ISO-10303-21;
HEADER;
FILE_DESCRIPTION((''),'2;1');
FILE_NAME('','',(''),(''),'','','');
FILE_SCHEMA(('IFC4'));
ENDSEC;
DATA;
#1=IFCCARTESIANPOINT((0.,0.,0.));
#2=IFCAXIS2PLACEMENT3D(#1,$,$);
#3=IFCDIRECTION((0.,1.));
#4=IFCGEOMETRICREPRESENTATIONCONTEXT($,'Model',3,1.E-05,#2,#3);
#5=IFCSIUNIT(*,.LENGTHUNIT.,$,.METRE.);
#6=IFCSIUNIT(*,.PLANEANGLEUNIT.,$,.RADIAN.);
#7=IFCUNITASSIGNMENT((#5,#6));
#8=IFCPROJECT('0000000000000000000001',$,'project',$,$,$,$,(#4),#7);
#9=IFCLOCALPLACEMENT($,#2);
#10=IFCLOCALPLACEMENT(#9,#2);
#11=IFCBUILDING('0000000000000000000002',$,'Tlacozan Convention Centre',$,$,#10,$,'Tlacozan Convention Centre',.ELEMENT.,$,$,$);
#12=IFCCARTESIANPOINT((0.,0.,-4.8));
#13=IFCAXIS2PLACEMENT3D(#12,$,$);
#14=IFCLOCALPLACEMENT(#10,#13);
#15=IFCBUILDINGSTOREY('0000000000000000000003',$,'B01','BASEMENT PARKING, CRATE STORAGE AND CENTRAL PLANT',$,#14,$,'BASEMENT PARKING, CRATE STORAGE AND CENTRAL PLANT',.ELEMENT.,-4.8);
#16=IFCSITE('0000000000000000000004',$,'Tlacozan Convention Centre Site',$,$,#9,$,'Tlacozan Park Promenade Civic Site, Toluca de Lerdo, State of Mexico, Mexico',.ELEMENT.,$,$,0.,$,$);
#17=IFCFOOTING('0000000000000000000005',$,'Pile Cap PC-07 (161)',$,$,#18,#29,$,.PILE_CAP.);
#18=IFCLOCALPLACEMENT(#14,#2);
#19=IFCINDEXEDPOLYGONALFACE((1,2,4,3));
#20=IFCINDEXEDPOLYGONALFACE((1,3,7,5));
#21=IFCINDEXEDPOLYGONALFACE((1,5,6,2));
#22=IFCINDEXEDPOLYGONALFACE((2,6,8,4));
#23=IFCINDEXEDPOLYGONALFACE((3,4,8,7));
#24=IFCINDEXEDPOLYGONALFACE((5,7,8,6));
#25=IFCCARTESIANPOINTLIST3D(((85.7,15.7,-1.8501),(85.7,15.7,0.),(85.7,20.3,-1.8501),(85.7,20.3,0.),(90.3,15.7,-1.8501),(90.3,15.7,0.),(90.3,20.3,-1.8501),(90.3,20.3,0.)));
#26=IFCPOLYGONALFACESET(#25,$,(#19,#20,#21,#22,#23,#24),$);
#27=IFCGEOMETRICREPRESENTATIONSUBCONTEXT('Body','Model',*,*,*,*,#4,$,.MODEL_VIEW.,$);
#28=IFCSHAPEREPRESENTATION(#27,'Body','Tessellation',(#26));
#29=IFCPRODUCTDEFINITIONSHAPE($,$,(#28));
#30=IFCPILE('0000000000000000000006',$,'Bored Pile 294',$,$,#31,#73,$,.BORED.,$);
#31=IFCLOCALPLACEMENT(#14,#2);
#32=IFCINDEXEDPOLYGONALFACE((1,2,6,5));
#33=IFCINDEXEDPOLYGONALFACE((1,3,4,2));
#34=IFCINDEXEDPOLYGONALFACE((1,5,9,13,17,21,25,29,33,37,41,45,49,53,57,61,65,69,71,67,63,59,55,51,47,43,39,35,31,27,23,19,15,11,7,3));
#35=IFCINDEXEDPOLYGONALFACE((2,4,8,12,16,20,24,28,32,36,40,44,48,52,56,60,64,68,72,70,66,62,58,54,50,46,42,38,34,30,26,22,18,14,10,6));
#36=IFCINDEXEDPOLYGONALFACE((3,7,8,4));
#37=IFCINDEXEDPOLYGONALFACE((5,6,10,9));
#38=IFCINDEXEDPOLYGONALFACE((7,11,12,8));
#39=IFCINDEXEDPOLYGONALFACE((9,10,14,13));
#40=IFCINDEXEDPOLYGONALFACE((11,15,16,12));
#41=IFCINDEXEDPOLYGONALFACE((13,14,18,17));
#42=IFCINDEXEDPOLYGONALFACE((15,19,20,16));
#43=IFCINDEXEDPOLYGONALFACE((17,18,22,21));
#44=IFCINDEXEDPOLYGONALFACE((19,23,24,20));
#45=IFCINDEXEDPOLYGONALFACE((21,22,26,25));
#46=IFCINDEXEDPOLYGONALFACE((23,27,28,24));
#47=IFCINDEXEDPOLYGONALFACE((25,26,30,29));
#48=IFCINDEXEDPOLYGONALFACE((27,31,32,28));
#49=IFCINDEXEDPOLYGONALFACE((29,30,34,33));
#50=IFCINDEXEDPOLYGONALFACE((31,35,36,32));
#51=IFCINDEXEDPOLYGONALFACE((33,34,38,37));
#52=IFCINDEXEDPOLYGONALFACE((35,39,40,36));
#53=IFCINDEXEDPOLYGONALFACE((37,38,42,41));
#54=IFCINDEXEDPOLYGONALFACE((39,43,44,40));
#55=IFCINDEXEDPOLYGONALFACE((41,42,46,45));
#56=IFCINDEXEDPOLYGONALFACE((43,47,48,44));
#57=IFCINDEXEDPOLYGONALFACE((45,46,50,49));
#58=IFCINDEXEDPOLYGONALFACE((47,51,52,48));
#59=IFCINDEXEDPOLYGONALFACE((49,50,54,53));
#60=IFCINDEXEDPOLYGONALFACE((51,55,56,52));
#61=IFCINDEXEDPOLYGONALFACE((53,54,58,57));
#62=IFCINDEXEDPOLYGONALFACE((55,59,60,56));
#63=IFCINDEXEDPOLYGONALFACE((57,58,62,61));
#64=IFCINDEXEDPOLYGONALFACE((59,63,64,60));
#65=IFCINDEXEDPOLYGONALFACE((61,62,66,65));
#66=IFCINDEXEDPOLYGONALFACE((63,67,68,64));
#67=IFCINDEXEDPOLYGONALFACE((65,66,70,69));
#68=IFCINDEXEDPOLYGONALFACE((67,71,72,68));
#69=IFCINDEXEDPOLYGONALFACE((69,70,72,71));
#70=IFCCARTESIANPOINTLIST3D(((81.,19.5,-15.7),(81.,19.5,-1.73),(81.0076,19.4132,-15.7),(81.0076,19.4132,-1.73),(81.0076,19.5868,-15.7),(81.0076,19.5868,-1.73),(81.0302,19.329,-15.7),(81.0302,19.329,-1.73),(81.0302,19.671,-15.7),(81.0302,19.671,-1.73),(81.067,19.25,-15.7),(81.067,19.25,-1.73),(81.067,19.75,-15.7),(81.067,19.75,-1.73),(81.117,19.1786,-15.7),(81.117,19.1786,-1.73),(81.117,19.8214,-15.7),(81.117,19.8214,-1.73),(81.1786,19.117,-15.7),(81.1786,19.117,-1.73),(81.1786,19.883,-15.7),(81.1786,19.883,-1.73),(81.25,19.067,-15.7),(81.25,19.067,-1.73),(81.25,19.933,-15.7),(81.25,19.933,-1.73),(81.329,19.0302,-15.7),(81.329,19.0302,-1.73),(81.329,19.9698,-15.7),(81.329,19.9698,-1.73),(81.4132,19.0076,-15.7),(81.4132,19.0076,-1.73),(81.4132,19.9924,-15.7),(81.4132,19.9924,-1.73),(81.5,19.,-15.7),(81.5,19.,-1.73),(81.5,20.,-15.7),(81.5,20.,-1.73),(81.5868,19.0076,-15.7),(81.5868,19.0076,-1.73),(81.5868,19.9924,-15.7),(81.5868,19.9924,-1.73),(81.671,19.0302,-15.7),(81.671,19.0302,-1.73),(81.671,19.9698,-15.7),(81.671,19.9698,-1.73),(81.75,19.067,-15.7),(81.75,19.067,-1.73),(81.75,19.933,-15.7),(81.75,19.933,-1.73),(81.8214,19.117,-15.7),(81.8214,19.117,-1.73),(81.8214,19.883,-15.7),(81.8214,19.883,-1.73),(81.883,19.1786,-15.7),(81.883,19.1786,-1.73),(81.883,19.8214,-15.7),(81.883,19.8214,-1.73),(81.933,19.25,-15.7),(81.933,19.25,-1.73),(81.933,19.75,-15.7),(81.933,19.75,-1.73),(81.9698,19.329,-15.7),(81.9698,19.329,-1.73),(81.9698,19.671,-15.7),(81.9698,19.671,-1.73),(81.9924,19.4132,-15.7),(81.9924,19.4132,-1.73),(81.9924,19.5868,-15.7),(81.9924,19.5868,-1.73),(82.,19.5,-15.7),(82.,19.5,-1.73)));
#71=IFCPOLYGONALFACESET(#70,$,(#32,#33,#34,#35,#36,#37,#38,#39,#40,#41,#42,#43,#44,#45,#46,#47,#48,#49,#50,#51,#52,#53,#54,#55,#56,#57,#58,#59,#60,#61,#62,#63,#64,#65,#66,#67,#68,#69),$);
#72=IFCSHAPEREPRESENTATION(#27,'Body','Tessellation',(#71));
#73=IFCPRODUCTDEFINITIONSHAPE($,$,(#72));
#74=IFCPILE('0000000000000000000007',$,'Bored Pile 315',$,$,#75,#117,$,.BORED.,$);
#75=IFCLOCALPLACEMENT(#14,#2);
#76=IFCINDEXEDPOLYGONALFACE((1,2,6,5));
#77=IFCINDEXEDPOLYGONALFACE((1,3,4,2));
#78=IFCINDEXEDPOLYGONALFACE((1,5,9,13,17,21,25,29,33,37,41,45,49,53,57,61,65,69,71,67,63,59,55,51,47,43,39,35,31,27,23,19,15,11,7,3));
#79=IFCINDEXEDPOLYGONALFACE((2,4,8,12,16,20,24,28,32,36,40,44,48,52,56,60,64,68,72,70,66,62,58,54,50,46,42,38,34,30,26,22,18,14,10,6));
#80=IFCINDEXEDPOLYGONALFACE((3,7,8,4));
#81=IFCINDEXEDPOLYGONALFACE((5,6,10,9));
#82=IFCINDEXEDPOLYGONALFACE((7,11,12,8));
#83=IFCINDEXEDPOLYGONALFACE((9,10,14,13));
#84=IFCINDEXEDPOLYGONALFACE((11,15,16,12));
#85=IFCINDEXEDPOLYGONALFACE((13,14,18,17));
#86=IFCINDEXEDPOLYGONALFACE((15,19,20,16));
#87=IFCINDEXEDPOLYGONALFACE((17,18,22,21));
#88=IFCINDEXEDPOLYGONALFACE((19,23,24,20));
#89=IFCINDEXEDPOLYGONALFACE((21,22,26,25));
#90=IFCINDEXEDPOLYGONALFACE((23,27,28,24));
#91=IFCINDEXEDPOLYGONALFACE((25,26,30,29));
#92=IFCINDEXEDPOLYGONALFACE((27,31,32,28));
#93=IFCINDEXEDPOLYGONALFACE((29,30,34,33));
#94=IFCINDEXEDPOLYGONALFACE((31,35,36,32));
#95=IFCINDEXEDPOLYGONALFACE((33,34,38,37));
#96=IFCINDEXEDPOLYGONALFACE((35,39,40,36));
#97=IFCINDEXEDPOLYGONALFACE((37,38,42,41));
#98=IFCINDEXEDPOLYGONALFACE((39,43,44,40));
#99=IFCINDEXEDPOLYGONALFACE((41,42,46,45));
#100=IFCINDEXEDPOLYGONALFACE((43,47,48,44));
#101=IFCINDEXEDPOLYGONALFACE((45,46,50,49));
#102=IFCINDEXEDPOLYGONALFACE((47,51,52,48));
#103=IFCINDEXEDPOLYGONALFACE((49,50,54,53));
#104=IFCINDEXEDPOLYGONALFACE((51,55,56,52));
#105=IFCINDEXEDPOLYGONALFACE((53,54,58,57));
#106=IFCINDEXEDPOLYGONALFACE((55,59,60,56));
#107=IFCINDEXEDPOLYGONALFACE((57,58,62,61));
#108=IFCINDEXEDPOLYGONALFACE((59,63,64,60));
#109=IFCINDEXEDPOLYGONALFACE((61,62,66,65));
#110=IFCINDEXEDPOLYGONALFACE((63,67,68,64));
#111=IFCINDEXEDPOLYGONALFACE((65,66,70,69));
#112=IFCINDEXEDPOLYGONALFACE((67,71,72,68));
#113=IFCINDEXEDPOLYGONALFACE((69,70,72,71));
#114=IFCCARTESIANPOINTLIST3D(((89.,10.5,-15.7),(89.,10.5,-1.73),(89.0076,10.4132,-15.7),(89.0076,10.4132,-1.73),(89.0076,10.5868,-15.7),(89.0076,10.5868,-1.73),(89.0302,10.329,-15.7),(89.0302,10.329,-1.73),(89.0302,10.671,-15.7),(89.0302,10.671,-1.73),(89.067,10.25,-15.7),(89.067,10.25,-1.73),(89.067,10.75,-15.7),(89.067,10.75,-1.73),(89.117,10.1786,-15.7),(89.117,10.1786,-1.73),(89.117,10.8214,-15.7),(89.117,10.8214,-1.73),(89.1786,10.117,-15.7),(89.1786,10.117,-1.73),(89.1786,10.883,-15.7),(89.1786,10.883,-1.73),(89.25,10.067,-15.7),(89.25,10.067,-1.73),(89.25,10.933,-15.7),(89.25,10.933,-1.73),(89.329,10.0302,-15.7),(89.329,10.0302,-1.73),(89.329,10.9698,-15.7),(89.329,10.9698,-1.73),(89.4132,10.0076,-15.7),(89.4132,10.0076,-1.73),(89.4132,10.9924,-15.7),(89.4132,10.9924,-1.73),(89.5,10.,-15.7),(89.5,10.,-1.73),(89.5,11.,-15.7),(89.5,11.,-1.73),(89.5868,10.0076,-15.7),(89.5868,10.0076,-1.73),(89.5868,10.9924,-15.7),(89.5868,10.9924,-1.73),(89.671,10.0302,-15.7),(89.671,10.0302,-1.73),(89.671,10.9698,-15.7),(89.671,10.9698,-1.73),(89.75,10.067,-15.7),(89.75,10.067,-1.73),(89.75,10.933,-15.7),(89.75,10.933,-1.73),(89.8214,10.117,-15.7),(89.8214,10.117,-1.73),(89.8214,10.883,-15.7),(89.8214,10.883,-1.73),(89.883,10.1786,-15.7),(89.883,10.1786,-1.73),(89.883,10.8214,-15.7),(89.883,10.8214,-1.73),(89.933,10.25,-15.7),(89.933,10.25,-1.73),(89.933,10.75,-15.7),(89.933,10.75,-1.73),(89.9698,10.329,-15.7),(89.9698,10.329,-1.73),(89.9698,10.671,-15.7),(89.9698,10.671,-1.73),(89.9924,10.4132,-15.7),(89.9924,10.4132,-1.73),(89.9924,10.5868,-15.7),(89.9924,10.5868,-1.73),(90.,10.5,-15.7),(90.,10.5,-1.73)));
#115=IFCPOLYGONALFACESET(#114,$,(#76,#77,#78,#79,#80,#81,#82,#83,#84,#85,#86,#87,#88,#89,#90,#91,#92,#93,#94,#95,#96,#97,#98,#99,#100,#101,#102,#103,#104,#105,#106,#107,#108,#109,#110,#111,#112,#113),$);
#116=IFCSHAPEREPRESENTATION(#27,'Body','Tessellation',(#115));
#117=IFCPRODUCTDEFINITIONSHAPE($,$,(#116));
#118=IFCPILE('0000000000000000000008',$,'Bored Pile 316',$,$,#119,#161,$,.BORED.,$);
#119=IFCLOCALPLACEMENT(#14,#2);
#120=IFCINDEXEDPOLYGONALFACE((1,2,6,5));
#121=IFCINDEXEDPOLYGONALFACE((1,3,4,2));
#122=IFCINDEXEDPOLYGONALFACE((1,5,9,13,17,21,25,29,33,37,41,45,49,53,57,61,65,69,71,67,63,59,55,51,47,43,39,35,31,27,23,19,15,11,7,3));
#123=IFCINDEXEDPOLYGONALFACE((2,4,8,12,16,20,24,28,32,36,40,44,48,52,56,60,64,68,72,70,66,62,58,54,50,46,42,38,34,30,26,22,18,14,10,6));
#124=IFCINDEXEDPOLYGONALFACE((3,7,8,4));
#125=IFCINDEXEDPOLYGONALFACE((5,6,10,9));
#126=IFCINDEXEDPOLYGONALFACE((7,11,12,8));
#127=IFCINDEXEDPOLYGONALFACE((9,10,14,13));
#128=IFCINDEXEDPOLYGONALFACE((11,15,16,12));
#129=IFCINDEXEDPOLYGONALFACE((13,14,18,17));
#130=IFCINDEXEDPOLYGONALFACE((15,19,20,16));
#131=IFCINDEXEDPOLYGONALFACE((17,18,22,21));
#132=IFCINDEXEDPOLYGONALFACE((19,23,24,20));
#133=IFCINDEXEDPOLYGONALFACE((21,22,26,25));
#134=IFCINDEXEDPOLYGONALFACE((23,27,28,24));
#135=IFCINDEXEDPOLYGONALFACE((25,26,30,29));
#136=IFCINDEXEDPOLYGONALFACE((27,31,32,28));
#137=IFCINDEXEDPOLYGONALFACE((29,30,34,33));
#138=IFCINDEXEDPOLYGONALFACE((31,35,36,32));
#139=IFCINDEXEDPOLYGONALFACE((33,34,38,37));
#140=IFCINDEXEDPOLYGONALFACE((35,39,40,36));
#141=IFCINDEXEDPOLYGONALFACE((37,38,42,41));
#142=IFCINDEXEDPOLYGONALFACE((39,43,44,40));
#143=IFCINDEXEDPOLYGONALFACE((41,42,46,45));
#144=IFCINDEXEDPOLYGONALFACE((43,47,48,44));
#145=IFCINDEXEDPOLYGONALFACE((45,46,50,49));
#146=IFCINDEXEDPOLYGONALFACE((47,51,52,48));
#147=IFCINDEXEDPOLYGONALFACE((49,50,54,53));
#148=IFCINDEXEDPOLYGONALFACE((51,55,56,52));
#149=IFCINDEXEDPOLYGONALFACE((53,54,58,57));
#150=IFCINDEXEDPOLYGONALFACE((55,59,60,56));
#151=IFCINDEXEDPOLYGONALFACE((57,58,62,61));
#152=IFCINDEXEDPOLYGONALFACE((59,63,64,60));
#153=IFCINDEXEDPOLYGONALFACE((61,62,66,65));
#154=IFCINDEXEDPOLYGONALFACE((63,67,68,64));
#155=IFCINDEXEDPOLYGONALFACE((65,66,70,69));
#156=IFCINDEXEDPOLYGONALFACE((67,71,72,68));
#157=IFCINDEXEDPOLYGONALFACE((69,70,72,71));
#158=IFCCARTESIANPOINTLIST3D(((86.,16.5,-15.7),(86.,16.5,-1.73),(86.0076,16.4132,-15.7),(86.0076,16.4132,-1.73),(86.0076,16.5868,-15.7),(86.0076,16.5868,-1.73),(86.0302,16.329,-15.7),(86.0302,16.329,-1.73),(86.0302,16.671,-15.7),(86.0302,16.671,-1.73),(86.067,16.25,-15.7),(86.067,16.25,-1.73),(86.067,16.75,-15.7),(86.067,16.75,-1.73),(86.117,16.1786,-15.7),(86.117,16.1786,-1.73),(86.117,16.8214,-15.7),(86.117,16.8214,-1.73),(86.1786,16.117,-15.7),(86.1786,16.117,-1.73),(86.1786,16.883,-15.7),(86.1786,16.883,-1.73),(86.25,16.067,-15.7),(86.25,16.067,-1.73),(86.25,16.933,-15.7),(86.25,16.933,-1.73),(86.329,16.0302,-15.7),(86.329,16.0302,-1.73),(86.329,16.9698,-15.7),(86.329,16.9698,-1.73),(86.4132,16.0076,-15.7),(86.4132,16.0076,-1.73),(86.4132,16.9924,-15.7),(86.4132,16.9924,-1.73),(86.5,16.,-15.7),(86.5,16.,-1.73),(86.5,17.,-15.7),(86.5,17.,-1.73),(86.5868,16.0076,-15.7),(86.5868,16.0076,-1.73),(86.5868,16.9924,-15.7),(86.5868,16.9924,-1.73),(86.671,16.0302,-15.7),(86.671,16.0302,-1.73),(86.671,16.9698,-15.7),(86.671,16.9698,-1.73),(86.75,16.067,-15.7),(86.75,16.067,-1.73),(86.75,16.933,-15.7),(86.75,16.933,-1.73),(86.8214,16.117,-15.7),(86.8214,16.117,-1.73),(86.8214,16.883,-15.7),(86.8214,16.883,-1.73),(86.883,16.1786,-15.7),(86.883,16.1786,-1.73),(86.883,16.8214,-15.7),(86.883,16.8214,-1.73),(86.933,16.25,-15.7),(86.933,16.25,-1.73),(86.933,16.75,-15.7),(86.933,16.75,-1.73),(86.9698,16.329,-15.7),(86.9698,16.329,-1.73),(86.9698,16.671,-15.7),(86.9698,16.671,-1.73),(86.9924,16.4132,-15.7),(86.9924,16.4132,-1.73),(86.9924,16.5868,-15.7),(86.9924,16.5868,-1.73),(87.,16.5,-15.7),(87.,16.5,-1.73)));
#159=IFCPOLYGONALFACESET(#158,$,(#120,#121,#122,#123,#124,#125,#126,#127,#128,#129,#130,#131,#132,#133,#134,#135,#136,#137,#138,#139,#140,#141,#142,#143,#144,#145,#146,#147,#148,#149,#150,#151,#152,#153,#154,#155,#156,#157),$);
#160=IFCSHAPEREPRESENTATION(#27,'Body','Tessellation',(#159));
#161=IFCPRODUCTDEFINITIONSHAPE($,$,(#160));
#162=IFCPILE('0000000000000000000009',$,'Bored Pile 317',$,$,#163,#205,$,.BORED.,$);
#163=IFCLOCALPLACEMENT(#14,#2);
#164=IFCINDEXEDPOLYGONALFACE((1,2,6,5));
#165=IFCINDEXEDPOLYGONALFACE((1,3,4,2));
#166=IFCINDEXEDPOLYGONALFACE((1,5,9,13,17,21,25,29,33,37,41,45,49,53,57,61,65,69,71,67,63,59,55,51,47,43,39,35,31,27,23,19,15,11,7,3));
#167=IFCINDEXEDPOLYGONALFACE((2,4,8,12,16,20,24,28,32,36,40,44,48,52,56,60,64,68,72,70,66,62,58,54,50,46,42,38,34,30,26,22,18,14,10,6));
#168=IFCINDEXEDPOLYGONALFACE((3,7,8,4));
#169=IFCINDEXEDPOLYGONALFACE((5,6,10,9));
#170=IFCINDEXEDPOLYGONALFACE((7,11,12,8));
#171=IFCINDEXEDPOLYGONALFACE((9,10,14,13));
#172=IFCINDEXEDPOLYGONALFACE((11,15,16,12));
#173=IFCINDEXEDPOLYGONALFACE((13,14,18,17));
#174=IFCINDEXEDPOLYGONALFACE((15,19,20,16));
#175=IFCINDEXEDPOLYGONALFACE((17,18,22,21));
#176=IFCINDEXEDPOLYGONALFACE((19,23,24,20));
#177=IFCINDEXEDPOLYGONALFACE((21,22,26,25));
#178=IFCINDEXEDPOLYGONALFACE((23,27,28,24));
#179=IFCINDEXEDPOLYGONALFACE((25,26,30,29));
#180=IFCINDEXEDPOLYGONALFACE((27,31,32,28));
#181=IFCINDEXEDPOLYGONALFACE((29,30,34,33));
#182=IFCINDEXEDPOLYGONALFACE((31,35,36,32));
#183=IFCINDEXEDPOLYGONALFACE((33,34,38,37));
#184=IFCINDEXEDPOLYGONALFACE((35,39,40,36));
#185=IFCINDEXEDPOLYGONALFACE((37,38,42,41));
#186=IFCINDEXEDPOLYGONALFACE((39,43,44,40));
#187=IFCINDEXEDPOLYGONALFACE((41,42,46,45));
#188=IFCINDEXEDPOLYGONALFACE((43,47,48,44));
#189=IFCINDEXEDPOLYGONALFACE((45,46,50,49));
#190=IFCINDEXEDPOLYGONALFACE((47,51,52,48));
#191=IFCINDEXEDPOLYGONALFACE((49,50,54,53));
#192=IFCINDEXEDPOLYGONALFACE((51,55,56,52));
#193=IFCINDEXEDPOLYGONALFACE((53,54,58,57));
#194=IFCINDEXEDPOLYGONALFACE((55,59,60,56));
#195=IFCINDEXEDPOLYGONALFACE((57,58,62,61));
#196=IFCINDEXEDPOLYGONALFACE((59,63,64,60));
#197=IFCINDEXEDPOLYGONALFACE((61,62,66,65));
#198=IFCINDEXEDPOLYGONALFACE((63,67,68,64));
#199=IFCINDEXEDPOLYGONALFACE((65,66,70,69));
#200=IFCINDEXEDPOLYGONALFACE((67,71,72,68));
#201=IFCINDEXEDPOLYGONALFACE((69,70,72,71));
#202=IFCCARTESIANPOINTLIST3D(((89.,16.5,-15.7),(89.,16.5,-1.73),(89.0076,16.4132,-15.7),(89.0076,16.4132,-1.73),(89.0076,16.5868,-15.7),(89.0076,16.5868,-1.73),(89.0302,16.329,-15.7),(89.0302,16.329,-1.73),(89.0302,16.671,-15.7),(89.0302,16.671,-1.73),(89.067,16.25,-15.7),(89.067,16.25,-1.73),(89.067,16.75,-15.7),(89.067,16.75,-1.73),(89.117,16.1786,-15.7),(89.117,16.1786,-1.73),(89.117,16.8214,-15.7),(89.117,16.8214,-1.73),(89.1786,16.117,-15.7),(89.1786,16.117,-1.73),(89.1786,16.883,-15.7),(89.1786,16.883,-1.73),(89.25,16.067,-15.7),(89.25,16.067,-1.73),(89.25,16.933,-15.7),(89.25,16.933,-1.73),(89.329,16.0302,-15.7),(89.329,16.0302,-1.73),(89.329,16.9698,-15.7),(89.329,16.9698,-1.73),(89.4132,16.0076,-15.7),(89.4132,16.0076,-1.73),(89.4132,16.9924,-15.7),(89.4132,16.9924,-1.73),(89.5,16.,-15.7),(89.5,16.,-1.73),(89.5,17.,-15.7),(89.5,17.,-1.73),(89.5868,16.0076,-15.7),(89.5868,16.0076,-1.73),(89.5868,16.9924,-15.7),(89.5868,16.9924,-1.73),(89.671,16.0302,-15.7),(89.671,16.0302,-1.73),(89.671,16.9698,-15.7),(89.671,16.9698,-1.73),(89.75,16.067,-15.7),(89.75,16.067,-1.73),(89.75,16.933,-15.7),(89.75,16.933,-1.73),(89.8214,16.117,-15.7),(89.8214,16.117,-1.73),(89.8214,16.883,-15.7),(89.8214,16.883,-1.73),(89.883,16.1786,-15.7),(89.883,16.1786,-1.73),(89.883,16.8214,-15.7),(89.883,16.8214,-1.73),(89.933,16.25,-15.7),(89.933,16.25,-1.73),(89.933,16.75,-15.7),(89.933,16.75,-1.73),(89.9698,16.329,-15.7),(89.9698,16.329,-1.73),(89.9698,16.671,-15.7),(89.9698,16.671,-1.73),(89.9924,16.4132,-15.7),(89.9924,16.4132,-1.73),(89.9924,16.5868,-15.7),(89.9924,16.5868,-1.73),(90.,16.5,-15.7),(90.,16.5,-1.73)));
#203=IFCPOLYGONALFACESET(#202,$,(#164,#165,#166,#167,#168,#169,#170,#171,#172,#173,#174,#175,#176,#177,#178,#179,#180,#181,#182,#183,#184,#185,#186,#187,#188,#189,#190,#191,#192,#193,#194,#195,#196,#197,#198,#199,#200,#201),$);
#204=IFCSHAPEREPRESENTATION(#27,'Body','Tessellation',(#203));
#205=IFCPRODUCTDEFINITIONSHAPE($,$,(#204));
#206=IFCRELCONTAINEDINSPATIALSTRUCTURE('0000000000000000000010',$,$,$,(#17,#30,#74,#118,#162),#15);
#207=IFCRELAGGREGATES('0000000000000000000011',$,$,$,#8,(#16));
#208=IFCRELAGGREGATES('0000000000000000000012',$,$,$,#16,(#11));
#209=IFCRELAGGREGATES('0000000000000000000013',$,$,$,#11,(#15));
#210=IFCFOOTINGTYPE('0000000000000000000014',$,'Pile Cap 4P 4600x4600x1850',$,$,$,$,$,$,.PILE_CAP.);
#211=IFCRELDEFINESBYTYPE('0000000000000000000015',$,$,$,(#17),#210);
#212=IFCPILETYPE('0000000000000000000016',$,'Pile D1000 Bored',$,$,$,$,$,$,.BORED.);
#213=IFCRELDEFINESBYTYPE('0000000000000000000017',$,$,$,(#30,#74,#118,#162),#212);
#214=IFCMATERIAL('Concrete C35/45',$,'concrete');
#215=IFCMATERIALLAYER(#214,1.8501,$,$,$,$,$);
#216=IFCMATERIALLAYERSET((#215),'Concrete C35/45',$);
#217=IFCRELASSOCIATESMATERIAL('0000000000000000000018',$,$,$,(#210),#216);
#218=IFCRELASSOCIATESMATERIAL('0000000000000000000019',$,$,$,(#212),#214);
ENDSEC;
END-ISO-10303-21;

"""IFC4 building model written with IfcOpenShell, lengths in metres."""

from ifc_helpers import new_model, si_unit, direction, frame, origin, origin_2d, place, context, subcontext, project, spatial, rectangle, circle, extrude, material, layer, layer_set, material_profile, profile_set, type_object, element, save


model = new_model("IFC4")

# Units and contexts
model_context = context("Model", 3, precision=1e-05, world=origin(), true_north=direction((0.0, 1.0)))
body_context = subcontext(model_context, "Body", "Model", "MODEL_VIEW")
ifc_project = project(units=[si_unit("LENGTHUNIT", "METRE"), si_unit("PLANEANGLEUNIT", "RADIAN")], contexts=[model_context])

# Site, building, storey
site_placement = place(None, origin())
site = spatial("IfcSite", under=ifc_project, at=site_placement, Name="Tlacozan Convention Centre Site", LongName="Tlacozan Park Promenade Civic Site, Toluca de Lerdo, State of Mexico, Mexico", CompositionType="ELEMENT", RefElevation=0.0)
building_placement = place(site_placement, origin())
building = spatial("IfcBuilding", under=site, at=building_placement, Name="Tlacozan Convention Centre", LongName="Tlacozan Convention Centre", CompositionType="ELEMENT")
storey_placement = place(building_placement, frame((0.0, 0.0, -4.8)))
storey = spatial("IfcBuildingStorey", under=building, at=storey_placement, Name="B01", Description="BASEMENT PARKING, CRATE STORAGE AND CENTRAL PLANT", LongName="BASEMENT PARKING, CRATE STORAGE AND CENTRAL PLANT", CompositionType="ELEMENT", Elevation=-4.8)

# Footing
ifc_material_1 = material(Name="Concrete C35/45", Category="concrete")
ifc_layer_1 = layer(ifc_material_1, 1.8501)
ifc_layer_set_1 = layer_set([ifc_layer_1], Name="Concrete C35/45")
footing_type = type_object("IfcFootingType", Name="Pile Cap 4P 4600x4600x1850", PredefinedType="PILE_CAP", material=ifc_layer_set_1)
footing_placement = place(storey_placement, frame((88.0, 18.0, -1.8501), z_axis=(0.0, 0.0, 1.0), x_axis=(1.0, 0.0, 0.0)))
element("IfcFooting", 1, at=footing_placement, inside=storey, type_object=footing_type, Name="Pile Cap PC-07 (161)", PredefinedType="PILE_CAP", context=body_context, shape_type="SweptSolid", body=[
    extrude(rectangle(XDim=4.6001, YDim=4.6001, at=origin_2d()), origin(), (0.0, 0.0, 1.0), 1.8501),
])

# Piles
ifc_material_profile_1 = material_profile(ifc_material_1, circle(Radius=0.5, at=origin_2d()), Name="PILE D1000")
ifc_profile_set_1 = profile_set([ifc_material_profile_1], Name="Concrete C35/45")
pile_type = type_object("IfcPileType", Name="Pile D1000 Bored", PredefinedType="BORED", material=ifc_profile_set_1)
for number, where, z_axis, x_axis, name in (
    (2, (81.5, 19.5, -1.73), (0.0, 0.0, -1.0), (1.0, 0.0, 0.0), "Bored Pile 294"),
    (3, (89.5, 10.5, -1.73), (0.0, 0.0, -1.0), (1.0, 0.0, 0.0), "Bored Pile 315"),
    (4, (86.5, 16.5, -1.73), (0.0, 0.0, -1.0), (1.0, 0.0, 0.0), "Bored Pile 316"),
    (5, (89.5, 16.5, -1.73), (0.0, 0.0, -1.0), (1.0, 0.0, 0.0), "Bored Pile 317"),
):
    element("IfcPile", number, at=place(storey_placement, frame(where, z_axis=z_axis, x_axis=x_axis)), inside=storey, type_object=pile_type, Name=name, PredefinedType="BORED", context=body_context, shape_type="SweptSolid", body=[
        extrude(circle(Radius=0.5, at=origin_2d()), origin(), (0.0, 0.0, 1.0), 13.97),
    ])

save(model, "model.ifc")
